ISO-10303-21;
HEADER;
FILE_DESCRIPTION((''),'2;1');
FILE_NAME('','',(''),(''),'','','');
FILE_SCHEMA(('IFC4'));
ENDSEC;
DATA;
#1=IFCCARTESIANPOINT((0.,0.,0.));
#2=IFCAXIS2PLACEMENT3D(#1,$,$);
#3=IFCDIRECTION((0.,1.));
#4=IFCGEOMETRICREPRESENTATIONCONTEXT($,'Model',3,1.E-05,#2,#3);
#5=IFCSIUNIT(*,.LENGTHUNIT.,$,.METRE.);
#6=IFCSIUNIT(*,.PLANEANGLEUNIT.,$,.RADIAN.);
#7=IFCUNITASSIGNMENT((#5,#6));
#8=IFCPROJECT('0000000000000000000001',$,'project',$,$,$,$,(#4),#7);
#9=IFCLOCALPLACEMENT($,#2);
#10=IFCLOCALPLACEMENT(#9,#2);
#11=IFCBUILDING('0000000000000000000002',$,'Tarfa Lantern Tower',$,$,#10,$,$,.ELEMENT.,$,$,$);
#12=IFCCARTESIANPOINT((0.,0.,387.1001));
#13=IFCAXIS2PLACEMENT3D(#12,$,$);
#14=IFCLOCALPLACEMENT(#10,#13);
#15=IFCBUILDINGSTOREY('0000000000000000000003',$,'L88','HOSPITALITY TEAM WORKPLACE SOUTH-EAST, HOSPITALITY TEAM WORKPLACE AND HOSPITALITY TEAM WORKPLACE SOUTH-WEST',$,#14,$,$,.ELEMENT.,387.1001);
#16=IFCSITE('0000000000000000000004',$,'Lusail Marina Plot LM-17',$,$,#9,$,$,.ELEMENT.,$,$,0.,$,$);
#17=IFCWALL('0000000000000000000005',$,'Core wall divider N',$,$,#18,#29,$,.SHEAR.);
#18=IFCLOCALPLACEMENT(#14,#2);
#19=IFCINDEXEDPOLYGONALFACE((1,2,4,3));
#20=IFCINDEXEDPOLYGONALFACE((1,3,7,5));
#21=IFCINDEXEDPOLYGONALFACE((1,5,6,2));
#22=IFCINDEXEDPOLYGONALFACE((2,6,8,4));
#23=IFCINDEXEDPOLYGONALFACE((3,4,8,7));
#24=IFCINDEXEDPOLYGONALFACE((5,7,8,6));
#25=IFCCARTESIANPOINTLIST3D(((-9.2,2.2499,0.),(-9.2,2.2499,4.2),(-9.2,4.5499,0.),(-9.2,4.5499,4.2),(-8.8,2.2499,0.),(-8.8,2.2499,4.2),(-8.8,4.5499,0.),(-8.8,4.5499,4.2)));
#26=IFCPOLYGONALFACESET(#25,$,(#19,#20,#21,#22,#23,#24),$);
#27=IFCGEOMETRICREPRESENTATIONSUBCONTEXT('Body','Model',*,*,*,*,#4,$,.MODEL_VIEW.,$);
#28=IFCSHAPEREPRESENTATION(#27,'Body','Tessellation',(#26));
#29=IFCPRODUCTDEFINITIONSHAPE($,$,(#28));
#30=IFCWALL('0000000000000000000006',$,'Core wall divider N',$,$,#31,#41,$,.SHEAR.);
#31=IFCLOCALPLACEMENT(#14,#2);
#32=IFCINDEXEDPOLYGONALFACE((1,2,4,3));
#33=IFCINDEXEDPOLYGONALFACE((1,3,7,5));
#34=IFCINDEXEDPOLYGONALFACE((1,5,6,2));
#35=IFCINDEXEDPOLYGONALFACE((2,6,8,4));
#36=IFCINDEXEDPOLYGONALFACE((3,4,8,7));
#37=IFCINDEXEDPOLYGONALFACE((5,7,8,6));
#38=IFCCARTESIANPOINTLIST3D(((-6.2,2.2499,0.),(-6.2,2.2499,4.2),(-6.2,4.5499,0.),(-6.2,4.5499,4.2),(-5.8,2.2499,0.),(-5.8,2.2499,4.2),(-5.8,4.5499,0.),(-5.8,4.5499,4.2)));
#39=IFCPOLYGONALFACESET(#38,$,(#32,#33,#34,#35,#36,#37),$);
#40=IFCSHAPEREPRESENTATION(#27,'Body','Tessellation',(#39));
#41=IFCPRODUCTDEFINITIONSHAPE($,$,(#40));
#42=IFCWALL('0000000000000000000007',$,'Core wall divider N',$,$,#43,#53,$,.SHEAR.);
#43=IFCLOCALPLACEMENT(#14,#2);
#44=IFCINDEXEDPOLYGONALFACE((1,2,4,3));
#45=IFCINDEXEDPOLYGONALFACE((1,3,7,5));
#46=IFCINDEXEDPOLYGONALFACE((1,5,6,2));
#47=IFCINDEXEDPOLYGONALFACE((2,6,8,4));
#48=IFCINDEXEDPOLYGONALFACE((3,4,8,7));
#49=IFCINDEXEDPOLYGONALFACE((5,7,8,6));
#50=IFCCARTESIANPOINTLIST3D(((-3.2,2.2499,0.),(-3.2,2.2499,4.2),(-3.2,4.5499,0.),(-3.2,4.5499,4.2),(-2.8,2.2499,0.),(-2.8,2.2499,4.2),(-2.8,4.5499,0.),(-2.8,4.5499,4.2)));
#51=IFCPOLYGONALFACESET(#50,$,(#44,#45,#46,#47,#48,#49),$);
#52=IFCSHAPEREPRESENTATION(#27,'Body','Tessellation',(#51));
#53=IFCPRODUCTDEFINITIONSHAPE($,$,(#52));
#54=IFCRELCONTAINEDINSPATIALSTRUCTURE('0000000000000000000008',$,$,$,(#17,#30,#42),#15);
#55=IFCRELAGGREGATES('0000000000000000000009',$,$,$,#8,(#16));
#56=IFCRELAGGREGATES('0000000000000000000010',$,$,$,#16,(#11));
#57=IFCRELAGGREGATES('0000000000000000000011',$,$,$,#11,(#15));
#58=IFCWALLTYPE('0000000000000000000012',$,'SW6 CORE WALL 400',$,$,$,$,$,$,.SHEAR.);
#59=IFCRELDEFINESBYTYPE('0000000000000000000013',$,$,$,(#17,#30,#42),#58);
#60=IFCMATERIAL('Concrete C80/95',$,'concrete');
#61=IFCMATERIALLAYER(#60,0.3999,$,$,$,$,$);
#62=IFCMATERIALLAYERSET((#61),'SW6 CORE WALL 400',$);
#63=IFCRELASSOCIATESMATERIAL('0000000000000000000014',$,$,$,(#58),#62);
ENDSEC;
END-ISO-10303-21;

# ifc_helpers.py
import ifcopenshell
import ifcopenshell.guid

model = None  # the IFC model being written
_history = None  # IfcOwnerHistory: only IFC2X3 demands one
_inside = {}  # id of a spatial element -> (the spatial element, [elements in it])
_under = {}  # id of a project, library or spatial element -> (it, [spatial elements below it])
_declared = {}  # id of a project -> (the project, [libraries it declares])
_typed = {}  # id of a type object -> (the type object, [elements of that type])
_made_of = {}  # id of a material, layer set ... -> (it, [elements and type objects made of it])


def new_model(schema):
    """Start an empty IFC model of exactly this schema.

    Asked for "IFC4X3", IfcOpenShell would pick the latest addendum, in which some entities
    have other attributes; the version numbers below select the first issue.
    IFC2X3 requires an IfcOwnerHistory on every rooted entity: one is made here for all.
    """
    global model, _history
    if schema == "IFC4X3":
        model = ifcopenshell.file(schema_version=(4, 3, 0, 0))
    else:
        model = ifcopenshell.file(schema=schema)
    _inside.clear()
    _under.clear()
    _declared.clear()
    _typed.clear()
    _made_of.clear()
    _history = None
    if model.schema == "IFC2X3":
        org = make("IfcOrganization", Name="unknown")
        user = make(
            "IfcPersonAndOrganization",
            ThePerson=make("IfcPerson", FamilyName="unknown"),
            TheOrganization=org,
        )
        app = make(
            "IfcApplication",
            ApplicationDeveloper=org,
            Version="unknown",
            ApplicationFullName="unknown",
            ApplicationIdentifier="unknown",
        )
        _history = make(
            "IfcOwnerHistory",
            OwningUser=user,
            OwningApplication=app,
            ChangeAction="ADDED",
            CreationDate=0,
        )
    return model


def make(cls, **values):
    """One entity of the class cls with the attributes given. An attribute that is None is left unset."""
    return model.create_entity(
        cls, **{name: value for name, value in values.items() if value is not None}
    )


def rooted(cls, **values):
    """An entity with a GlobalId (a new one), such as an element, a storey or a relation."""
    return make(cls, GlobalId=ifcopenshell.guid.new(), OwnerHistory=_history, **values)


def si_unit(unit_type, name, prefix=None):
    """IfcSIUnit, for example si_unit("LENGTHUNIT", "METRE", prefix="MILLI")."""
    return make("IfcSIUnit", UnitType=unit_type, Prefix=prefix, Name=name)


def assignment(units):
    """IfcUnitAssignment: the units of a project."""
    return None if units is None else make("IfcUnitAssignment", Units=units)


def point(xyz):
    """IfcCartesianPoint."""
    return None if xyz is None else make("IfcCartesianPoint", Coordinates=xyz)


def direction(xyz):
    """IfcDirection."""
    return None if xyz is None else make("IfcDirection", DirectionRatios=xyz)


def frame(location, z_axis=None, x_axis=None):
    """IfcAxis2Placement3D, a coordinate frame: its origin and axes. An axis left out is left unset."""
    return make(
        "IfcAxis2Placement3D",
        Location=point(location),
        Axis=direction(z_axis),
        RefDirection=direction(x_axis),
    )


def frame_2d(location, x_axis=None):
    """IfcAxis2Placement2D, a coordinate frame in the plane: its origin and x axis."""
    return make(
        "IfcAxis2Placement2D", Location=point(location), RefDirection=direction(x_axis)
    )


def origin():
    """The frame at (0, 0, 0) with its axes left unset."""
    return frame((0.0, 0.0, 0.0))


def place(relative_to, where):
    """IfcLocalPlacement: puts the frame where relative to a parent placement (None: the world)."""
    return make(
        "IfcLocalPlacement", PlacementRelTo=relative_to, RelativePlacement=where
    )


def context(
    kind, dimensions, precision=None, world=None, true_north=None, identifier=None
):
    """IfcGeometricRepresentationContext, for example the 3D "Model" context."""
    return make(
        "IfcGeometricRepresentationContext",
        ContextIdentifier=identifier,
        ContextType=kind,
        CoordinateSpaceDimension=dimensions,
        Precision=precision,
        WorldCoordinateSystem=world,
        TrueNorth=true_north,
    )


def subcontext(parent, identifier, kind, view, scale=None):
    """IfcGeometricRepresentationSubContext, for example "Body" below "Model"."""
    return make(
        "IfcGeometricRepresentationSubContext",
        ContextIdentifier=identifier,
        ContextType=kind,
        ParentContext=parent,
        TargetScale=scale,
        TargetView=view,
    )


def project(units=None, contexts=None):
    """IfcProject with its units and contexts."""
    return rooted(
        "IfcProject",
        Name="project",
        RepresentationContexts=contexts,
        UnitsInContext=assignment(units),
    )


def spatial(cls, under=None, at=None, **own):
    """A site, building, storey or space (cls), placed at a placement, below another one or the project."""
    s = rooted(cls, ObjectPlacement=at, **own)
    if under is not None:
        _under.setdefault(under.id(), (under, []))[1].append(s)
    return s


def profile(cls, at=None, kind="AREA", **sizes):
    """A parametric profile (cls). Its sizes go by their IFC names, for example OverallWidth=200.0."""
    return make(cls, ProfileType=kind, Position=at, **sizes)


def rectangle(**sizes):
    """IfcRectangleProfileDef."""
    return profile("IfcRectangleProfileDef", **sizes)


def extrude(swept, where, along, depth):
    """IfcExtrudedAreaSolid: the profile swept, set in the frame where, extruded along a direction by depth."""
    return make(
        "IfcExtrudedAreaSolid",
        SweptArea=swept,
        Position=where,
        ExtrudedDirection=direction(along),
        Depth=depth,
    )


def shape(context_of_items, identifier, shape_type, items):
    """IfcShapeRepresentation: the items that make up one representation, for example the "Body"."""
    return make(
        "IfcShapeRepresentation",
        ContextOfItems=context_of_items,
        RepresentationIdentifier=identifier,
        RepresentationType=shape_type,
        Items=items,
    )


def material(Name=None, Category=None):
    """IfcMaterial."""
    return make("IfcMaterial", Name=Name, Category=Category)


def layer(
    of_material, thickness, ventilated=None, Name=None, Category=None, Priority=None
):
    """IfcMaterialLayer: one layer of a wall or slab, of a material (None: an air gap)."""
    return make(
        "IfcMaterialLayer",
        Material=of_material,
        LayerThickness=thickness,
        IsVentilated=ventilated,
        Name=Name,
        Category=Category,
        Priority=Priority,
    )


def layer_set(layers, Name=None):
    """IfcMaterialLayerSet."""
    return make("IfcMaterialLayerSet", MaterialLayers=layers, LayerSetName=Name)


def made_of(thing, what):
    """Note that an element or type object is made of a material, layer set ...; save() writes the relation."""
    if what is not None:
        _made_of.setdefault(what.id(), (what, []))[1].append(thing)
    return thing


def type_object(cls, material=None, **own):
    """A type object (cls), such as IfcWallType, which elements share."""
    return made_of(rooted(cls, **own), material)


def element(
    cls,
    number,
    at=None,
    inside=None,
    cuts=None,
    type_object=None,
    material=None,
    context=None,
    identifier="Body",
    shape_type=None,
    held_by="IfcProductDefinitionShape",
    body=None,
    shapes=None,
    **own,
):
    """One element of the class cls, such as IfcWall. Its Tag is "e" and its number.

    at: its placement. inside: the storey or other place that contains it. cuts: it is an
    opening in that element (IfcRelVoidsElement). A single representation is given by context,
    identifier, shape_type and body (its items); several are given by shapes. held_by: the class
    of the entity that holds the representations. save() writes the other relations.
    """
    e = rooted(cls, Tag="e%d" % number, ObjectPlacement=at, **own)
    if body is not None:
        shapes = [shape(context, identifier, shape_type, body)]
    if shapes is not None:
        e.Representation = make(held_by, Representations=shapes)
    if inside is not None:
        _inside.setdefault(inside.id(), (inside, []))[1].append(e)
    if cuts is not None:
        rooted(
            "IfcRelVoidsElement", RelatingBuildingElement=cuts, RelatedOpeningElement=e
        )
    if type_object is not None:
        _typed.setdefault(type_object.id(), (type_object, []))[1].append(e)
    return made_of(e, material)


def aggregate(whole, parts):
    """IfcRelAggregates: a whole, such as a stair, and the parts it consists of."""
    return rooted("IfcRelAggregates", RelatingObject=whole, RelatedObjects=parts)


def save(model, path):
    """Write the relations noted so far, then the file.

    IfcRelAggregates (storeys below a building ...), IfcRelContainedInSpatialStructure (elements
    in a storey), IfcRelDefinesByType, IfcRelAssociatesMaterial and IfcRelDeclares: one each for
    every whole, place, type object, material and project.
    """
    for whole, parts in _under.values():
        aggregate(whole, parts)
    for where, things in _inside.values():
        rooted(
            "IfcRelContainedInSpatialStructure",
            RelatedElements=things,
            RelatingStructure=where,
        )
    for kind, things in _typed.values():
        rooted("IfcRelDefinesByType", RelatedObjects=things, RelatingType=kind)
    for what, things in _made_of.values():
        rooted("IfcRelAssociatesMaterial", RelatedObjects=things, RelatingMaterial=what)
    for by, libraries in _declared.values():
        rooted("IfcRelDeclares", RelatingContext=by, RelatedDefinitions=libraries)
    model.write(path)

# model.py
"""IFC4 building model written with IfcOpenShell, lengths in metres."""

from ifc_helpers import new_model, si_unit, direction, frame, frame_2d, origin, place, context, subcontext, project, spatial, rectangle, extrude, material, layer, layer_set, type_object, element, save


model = new_model("IFC4")

# Units and contexts
model_context = context("Model", 3, precision=1e-05, world=origin(), true_north=direction((0.0, 1.0)))
body_context = subcontext(model_context, "Body", "Model", "MODEL_VIEW")
ifc_project = project(units=[si_unit("LENGTHUNIT", "METRE"), si_unit("PLANEANGLEUNIT", "RADIAN")], contexts=[model_context])

# Site, building, storey
site_placement = place(None, origin())
site = spatial("IfcSite", under=ifc_project, at=site_placement, Name="Lusail Marina Plot LM-17", CompositionType="ELEMENT", RefElevation=0.0)
building_placement = place(site_placement, origin())
building = spatial("IfcBuilding", under=site, at=building_placement, Name="Tarfa Lantern Tower", CompositionType="ELEMENT")
storey_placement = place(building_placement, frame((0.0, 0.0, 387.1001)))
storey = spatial("IfcBuildingStorey", under=building, at=storey_placement, Name="L88", Description="HOSPITALITY TEAM WORKPLACE SOUTH-EAST, HOSPITALITY TEAM WORKPLACE AND HOSPITALITY TEAM WORKPLACE SOUTH-WEST", CompositionType="ELEMENT", Elevation=387.1001)

# Shared definitions
ifc_material_1 = material(Name="Concrete C80/95", Category="concrete")

# Walls
ifc_layer_1 = layer(ifc_material_1, 0.3999)
ifc_layer_set_1 = layer_set([ifc_layer_1], Name="SW6 CORE WALL 400")
wall_type_1 = type_object("IfcWallType", Name="SW6 CORE WALL 400", PredefinedType="SHEAR", material=ifc_layer_set_1)
for number, where, z_axis, x_axis, name in (
    (1, (-9.0, 2.25, 0.0), (0.0, 0.0, 1.0), (0.0, 1.0, 0.0), "Core wall divider N"),
    (2, (-6.0, 2.25, 0.0), (0.0, 0.0, 1.0), (0.0, 1.0, 0.0), "Core wall divider N"),
    (3, (-3.0, 2.25, 0.0), (0.0, 0.0, 1.0), (0.0, 1.0, 0.0), "Core wall divider N"),
):
    element("IfcWall", number, at=place(storey_placement, frame(where, z_axis=z_axis, x_axis=x_axis)), inside=storey, type_object=wall_type_1, Name=name, PredefinedType="SHEAR", context=body_context, shape_type="SweptSolid", body=[
        extrude(rectangle(XDim=2.3, YDim=0.3999, at=frame_2d((1.1499, 0.0))), origin(), (0.0, 0.0, 1.0), 4.2),
    ])

save(model, "model.ifc")
